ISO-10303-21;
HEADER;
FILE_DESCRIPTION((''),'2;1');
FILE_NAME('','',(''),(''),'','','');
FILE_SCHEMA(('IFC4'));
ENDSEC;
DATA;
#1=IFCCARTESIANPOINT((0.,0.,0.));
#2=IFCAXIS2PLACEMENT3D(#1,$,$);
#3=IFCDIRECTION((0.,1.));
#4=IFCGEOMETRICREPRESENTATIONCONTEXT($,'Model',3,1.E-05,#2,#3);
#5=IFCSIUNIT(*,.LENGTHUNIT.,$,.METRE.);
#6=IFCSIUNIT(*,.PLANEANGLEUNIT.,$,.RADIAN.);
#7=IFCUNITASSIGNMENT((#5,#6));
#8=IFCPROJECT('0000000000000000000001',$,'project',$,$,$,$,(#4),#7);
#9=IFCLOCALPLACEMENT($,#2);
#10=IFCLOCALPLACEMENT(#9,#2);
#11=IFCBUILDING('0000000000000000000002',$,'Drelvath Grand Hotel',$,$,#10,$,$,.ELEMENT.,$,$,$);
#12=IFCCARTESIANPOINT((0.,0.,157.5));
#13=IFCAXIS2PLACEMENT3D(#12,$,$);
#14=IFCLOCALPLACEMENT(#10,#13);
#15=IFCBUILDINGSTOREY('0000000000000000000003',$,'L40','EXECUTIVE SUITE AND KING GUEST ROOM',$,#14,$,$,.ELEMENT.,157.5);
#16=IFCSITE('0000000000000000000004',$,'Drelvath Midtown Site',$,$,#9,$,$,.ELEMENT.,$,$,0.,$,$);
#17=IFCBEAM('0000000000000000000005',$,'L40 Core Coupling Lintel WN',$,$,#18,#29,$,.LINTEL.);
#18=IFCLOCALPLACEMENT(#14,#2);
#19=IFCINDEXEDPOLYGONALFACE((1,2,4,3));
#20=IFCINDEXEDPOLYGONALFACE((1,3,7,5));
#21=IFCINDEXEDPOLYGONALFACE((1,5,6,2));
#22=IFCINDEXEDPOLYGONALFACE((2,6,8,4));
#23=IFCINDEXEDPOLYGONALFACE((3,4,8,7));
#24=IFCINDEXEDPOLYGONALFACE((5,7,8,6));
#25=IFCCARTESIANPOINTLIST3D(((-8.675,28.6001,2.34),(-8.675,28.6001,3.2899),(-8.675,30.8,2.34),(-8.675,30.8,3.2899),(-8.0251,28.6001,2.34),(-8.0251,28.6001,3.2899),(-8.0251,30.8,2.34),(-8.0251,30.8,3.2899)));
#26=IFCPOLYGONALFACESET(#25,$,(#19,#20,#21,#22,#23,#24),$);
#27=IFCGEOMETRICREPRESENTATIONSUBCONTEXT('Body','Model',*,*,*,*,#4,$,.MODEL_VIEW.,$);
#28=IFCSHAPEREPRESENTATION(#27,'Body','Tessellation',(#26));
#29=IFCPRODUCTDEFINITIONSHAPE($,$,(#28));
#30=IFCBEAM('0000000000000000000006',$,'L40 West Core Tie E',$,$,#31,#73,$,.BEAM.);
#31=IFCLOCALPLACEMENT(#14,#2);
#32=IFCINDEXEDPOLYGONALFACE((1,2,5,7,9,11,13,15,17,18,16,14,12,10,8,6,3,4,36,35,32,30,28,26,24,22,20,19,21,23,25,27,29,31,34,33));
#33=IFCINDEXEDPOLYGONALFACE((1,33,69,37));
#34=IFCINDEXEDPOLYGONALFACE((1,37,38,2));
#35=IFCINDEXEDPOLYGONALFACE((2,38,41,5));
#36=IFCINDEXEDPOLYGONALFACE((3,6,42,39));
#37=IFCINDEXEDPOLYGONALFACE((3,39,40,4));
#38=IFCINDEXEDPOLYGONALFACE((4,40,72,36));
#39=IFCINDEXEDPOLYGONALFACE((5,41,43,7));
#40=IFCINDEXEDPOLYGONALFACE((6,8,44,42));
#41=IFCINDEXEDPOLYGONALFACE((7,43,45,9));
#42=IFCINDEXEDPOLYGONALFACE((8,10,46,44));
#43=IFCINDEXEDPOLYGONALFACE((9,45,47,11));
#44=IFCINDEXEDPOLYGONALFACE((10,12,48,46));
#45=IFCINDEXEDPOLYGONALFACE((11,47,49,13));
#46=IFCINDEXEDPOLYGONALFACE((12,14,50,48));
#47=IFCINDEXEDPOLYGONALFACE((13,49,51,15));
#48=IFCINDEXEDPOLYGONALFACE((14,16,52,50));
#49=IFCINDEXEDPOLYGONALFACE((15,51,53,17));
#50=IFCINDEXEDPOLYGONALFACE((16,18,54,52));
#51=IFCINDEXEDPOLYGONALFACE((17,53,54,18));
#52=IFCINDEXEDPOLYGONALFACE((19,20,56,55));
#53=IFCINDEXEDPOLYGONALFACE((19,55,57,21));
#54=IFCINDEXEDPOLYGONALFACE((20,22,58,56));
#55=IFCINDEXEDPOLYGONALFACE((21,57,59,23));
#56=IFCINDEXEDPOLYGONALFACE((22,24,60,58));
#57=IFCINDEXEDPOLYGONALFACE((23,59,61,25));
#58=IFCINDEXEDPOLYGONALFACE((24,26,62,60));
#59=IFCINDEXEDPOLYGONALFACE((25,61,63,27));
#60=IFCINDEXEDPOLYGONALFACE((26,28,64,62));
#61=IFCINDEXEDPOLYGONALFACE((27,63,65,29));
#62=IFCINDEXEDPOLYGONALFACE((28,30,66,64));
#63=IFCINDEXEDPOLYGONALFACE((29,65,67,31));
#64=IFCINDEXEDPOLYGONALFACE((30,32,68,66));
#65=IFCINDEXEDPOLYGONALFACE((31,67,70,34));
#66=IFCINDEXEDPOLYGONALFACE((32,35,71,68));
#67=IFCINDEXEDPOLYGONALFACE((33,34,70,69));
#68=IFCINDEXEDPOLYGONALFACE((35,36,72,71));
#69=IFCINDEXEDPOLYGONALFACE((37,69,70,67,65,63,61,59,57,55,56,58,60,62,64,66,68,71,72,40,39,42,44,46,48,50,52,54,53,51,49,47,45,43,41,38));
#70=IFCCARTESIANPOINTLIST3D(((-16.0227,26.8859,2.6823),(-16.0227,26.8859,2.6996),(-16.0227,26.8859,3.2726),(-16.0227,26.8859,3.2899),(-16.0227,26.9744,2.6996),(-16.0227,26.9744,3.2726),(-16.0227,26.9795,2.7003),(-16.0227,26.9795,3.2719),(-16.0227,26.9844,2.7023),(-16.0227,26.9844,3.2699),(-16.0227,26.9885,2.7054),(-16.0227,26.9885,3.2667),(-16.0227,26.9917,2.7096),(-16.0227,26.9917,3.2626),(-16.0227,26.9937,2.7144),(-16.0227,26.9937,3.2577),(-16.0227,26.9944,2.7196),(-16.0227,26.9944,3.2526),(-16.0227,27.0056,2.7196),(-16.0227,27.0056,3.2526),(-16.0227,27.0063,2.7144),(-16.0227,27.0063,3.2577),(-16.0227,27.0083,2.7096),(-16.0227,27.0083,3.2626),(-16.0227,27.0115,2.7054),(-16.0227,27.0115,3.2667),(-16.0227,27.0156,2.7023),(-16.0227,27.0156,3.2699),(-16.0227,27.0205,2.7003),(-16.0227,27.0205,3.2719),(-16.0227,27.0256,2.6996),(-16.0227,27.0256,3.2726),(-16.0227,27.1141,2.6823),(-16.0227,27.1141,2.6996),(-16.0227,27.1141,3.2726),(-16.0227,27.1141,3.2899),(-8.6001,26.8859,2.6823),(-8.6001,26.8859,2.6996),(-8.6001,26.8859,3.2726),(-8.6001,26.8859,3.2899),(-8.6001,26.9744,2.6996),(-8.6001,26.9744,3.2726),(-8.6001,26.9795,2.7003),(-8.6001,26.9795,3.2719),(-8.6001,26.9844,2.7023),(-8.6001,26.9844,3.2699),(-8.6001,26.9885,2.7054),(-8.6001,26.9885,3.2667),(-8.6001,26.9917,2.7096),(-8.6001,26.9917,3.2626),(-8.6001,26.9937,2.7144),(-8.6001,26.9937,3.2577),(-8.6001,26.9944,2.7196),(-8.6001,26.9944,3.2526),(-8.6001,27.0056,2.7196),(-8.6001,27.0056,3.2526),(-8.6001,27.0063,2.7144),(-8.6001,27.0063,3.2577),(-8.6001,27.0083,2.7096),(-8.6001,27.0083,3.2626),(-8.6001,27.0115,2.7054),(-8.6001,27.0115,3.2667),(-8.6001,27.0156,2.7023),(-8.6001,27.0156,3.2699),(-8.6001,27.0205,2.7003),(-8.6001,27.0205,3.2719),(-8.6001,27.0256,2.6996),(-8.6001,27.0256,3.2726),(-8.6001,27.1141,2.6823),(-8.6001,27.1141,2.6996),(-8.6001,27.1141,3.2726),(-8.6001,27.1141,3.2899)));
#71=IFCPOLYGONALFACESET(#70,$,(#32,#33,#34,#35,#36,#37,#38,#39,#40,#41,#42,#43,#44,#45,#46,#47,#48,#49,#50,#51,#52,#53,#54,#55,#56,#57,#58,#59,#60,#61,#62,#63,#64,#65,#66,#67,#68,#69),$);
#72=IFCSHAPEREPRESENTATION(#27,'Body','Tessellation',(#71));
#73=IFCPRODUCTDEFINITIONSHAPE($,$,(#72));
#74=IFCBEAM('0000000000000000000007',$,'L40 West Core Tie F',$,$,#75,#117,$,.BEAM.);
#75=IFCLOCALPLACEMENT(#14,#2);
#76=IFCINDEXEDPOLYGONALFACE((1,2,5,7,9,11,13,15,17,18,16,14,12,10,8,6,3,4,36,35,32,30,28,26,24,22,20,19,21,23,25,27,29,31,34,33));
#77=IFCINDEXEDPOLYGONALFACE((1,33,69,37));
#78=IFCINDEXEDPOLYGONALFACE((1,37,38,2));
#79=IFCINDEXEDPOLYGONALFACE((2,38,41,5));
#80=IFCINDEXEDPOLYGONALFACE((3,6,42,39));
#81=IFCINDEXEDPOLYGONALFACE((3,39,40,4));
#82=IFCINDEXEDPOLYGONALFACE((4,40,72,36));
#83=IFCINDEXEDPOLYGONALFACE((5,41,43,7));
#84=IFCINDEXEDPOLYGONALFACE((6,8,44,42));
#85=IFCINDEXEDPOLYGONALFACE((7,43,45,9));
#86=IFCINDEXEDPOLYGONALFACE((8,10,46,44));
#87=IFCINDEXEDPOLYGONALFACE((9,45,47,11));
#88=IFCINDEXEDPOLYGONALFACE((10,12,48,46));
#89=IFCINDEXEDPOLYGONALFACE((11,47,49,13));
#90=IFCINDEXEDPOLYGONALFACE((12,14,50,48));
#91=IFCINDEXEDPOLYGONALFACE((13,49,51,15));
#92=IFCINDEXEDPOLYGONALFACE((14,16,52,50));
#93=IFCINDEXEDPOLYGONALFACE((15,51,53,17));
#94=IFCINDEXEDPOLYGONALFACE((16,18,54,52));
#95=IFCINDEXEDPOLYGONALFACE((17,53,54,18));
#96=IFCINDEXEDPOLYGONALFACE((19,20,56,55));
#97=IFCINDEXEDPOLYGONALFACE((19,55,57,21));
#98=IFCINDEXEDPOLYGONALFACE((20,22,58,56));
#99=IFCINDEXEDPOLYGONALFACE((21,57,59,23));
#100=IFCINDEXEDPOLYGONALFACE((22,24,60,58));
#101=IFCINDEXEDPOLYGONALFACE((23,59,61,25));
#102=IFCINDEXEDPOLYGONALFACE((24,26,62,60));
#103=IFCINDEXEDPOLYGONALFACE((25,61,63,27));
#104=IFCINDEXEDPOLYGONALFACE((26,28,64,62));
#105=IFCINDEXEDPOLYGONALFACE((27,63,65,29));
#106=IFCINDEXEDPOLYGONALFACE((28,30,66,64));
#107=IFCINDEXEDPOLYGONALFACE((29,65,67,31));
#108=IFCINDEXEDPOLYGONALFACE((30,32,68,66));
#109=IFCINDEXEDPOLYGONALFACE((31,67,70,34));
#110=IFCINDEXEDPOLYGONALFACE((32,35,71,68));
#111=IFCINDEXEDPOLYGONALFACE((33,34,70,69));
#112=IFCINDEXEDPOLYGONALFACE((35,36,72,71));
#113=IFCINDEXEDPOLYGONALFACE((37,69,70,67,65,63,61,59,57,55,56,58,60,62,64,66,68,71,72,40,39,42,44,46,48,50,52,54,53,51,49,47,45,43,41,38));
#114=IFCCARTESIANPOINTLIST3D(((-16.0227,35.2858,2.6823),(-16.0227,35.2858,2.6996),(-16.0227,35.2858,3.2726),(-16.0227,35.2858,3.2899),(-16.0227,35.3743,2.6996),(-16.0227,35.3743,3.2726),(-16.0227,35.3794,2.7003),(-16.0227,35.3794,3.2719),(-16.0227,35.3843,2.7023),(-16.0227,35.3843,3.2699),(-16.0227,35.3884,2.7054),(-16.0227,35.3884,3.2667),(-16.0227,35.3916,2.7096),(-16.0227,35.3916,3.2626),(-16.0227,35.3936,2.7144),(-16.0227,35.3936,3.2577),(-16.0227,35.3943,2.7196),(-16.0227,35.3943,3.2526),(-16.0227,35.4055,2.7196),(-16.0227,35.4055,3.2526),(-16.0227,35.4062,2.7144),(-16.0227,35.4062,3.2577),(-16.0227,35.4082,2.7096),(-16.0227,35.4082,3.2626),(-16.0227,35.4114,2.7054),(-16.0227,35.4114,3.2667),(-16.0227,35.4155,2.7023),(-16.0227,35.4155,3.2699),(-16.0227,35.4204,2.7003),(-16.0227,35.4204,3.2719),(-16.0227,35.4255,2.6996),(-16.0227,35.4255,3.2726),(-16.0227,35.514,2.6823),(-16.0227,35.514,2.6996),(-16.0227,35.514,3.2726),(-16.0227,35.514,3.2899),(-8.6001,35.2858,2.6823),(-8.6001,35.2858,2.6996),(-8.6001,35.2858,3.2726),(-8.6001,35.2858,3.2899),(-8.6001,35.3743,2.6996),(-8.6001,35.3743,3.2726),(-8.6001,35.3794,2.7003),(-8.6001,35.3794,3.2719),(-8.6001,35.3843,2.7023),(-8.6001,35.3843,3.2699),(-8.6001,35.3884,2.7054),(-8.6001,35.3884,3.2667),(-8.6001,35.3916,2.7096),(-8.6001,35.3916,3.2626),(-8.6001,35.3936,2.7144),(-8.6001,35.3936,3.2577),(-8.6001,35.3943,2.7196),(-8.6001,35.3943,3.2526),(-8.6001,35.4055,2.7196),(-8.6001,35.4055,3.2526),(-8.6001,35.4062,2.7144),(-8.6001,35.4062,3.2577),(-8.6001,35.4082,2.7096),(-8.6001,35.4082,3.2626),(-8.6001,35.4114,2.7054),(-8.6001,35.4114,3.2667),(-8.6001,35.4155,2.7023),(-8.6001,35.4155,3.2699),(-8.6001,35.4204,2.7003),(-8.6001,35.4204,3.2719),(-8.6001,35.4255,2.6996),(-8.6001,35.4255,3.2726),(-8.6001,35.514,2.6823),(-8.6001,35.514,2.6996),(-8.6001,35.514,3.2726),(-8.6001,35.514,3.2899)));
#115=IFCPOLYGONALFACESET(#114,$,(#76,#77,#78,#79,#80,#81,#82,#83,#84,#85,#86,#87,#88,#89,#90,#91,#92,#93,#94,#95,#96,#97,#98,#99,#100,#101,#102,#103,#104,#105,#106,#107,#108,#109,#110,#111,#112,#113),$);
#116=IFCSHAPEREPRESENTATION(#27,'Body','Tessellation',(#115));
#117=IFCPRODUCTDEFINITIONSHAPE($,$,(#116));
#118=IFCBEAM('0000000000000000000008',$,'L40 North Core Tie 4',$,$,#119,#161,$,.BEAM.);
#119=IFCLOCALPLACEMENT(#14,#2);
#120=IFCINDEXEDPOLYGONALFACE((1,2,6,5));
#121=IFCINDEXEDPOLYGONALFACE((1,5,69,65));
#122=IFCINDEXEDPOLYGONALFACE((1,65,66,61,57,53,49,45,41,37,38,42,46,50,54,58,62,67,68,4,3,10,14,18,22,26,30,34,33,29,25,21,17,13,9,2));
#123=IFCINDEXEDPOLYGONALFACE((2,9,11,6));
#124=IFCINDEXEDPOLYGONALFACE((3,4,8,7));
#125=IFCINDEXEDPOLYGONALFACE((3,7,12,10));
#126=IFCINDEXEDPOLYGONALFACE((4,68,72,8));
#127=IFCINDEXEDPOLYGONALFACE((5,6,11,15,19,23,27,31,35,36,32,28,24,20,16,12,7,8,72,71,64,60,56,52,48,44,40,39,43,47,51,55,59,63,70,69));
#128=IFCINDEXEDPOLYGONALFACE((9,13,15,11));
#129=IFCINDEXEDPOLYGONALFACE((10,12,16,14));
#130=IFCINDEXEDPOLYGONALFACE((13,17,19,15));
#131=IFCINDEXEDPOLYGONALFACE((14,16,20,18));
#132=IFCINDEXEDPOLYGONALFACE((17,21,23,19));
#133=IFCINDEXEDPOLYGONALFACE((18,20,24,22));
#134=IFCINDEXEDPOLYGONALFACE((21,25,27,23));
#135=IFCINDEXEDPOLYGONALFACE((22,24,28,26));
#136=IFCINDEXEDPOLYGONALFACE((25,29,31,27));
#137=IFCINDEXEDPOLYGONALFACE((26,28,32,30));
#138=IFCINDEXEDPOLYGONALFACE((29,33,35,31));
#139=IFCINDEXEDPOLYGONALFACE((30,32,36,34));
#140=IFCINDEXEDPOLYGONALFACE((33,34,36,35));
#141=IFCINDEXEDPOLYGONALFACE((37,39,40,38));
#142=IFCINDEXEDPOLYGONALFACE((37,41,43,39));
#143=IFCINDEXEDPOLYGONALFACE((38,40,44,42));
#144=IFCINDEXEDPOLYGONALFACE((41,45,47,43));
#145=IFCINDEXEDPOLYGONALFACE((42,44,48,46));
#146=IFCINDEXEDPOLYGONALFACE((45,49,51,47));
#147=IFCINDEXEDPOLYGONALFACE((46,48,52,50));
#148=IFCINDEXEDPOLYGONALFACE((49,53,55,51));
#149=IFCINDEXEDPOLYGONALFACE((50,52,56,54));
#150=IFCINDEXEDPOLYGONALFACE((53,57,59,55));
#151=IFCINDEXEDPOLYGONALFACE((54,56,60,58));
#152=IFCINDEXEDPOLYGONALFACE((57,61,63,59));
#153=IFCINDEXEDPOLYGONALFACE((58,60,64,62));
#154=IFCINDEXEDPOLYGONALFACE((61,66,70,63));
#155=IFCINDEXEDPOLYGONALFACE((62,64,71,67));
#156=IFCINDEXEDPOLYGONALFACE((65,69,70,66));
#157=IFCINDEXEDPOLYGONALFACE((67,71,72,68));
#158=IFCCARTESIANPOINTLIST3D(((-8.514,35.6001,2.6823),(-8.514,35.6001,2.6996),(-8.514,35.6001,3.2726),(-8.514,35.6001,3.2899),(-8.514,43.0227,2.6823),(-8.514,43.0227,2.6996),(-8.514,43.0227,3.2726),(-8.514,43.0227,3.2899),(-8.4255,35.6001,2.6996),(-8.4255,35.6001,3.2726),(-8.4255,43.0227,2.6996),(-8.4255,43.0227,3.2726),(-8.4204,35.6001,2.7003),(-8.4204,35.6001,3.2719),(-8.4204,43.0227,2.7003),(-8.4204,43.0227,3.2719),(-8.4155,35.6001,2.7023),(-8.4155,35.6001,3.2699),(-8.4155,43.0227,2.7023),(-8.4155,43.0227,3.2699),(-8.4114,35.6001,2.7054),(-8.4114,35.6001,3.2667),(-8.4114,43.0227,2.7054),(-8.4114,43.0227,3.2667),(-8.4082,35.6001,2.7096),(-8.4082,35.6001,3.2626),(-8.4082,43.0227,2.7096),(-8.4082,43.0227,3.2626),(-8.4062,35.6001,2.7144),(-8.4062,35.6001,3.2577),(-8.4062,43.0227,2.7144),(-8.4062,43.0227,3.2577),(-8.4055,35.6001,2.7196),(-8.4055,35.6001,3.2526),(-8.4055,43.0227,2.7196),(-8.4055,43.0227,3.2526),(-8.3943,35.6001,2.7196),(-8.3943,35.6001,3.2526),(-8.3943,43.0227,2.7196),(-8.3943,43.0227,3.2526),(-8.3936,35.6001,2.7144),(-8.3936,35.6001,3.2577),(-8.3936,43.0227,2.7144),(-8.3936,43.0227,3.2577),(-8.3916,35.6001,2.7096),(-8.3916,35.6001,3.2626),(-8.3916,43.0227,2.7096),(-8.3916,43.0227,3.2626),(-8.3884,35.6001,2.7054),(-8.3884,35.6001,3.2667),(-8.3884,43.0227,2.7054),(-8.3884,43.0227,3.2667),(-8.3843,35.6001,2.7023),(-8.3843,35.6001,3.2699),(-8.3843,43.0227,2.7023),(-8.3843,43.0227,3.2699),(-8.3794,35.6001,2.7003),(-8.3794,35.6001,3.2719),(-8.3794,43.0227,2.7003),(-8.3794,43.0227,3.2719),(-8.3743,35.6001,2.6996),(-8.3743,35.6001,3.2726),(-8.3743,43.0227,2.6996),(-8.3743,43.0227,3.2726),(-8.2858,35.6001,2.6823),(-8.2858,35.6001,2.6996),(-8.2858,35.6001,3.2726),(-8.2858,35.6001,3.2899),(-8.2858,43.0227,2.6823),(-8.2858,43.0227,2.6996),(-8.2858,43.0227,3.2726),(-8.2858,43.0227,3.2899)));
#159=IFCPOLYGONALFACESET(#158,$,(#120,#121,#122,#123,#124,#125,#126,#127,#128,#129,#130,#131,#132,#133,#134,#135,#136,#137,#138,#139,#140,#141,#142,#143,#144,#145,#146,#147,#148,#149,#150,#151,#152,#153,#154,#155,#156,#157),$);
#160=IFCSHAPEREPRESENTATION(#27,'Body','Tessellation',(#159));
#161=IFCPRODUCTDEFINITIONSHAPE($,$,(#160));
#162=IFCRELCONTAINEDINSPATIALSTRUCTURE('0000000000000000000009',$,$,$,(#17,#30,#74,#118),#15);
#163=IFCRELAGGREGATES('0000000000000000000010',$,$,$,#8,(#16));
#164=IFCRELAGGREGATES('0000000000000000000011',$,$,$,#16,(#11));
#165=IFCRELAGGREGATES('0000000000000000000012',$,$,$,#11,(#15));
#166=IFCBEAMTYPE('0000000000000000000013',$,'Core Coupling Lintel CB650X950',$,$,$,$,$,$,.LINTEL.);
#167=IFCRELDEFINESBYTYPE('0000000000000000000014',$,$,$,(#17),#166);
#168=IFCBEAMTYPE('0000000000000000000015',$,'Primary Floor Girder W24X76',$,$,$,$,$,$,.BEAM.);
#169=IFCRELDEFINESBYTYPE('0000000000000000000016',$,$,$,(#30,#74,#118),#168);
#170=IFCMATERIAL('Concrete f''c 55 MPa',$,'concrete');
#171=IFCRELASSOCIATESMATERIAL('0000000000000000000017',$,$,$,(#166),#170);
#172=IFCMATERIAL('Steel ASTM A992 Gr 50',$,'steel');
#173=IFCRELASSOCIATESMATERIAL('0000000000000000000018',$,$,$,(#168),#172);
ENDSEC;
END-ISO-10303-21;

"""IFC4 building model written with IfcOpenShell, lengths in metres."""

from ifc_helpers import new_model, si_unit, direction, frame, origin, origin_2d, place, context, subcontext, project, spatial, rectangle, i_section, extrude, material, material_profile, profile_set, type_object, element, save


model = new_model("IFC4")

# Units and contexts
model_context = context("Model", 3, precision=1e-05, world=origin(), true_north=direction((0.0, 1.0)))
body_context = subcontext(model_context, "Body", "Model", "MODEL_VIEW")
ifc_project = project(units=[si_unit("LENGTHUNIT", "METRE"), si_unit("PLANEANGLEUNIT", "RADIAN")], contexts=[model_context])

# Site, building, storey
site_placement = place(None, origin())
site = spatial("IfcSite", under=ifc_project, at=site_placement, Name="Drelvath Midtown Site", CompositionType="ELEMENT", RefElevation=0.0)
building_placement = place(site_placement, origin())
building = spatial("IfcBuilding", under=site, at=building_placement, Name="Drelvath Grand Hotel", CompositionType="ELEMENT")
storey_placement = place(building_placement, frame((0.0, 0.0, 157.5)))
storey = spatial("IfcBuildingStorey", under=building, at=storey_placement, Name="L40", Description="EXECUTIVE SUITE AND KING GUEST ROOM", CompositionType="ELEMENT", Elevation=157.5)

# Beams
ifc_material_1 = material(Name="Concrete f'c 55 MPa", Category="concrete")
ifc_material_profile_1 = material_profile(ifc_material_1, rectangle(XDim=0.6499, YDim=0.95, at=origin_2d()), Name="CB650X950")
ifc_profile_set_1 = profile_set([ifc_material_profile_1], Name="Concrete f'c 55 MPa")
beam_type_1 = type_object("IfcBeamType", Name="Core Coupling Lintel CB650X950", PredefinedType="LINTEL", material=ifc_profile_set_1)
beam_placement = place(storey_placement, frame((-8.3501, 28.6001, 2.8149), z_axis=(0.0, 1.0, 0.0), x_axis=(-1.0, 0.0, 0.0)))
element("IfcBeam", 1, at=beam_placement, inside=storey, type_object=beam_type_1, Name="L40 Core Coupling Lintel WN", PredefinedType="LINTEL", context=body_context, shape_type="SweptSolid", body=[
    extrude(rectangle(XDim=0.6499, YDim=0.95, at=origin_2d()), origin(), (0.0, 0.0, 1.0), 2.2),
])
ifc_material_2 = material(Name="Steel ASTM A992 Gr 50", Category="steel")
ifc_material_profile_2 = material_profile(ifc_material_2, i_section(OverallWidth=0.2283, OverallDepth=0.6077, WebThickness=0.0112, FlangeThickness=0.0173, FilletRadius=0.02, at=origin_2d()), Name="W24X76")
ifc_profile_set_2 = profile_set([ifc_material_profile_2], Name="Steel ASTM A992 Gr 50")
beam_type_2 = type_object("IfcBeamType", Name="Primary Floor Girder W24X76", PredefinedType="BEAM", material=ifc_profile_set_2)
for number, where, z_axis, x_axis, name in (
    (2, (-16.0227, 27.0, 2.9861), (1.0, 0.0, 0.0), (0.0, 1.0, 0.0), "L40 West Core Tie E"),
    (3, (-16.0227, 35.3999, 2.9861), (1.0, 0.0, 0.0), (0.0, 1.0, 0.0), "L40 West Core Tie F"),
    (4, (-8.3999, 35.6001, 2.9861), (0.0, 1.0, 0.0), (-1.0, 0.0, 0.0), "L40 North Core Tie 4"),
):
    element("IfcBeam", number, at=place(storey_placement, frame(where, z_axis=z_axis, x_axis=x_axis)), inside=storey, type_object=beam_type_2, Name=name, PredefinedType="BEAM", context=body_context, shape_type="SweptSolid", body=[
        extrude(i_section(OverallWidth=0.2283, OverallDepth=0.6077, WebThickness=0.0112, FlangeThickness=0.0173, FilletRadius=0.02, at=origin_2d()), origin(), (0.0, 0.0, 1.0), 7.4226),
    ])

save(model, "model.ifc")
